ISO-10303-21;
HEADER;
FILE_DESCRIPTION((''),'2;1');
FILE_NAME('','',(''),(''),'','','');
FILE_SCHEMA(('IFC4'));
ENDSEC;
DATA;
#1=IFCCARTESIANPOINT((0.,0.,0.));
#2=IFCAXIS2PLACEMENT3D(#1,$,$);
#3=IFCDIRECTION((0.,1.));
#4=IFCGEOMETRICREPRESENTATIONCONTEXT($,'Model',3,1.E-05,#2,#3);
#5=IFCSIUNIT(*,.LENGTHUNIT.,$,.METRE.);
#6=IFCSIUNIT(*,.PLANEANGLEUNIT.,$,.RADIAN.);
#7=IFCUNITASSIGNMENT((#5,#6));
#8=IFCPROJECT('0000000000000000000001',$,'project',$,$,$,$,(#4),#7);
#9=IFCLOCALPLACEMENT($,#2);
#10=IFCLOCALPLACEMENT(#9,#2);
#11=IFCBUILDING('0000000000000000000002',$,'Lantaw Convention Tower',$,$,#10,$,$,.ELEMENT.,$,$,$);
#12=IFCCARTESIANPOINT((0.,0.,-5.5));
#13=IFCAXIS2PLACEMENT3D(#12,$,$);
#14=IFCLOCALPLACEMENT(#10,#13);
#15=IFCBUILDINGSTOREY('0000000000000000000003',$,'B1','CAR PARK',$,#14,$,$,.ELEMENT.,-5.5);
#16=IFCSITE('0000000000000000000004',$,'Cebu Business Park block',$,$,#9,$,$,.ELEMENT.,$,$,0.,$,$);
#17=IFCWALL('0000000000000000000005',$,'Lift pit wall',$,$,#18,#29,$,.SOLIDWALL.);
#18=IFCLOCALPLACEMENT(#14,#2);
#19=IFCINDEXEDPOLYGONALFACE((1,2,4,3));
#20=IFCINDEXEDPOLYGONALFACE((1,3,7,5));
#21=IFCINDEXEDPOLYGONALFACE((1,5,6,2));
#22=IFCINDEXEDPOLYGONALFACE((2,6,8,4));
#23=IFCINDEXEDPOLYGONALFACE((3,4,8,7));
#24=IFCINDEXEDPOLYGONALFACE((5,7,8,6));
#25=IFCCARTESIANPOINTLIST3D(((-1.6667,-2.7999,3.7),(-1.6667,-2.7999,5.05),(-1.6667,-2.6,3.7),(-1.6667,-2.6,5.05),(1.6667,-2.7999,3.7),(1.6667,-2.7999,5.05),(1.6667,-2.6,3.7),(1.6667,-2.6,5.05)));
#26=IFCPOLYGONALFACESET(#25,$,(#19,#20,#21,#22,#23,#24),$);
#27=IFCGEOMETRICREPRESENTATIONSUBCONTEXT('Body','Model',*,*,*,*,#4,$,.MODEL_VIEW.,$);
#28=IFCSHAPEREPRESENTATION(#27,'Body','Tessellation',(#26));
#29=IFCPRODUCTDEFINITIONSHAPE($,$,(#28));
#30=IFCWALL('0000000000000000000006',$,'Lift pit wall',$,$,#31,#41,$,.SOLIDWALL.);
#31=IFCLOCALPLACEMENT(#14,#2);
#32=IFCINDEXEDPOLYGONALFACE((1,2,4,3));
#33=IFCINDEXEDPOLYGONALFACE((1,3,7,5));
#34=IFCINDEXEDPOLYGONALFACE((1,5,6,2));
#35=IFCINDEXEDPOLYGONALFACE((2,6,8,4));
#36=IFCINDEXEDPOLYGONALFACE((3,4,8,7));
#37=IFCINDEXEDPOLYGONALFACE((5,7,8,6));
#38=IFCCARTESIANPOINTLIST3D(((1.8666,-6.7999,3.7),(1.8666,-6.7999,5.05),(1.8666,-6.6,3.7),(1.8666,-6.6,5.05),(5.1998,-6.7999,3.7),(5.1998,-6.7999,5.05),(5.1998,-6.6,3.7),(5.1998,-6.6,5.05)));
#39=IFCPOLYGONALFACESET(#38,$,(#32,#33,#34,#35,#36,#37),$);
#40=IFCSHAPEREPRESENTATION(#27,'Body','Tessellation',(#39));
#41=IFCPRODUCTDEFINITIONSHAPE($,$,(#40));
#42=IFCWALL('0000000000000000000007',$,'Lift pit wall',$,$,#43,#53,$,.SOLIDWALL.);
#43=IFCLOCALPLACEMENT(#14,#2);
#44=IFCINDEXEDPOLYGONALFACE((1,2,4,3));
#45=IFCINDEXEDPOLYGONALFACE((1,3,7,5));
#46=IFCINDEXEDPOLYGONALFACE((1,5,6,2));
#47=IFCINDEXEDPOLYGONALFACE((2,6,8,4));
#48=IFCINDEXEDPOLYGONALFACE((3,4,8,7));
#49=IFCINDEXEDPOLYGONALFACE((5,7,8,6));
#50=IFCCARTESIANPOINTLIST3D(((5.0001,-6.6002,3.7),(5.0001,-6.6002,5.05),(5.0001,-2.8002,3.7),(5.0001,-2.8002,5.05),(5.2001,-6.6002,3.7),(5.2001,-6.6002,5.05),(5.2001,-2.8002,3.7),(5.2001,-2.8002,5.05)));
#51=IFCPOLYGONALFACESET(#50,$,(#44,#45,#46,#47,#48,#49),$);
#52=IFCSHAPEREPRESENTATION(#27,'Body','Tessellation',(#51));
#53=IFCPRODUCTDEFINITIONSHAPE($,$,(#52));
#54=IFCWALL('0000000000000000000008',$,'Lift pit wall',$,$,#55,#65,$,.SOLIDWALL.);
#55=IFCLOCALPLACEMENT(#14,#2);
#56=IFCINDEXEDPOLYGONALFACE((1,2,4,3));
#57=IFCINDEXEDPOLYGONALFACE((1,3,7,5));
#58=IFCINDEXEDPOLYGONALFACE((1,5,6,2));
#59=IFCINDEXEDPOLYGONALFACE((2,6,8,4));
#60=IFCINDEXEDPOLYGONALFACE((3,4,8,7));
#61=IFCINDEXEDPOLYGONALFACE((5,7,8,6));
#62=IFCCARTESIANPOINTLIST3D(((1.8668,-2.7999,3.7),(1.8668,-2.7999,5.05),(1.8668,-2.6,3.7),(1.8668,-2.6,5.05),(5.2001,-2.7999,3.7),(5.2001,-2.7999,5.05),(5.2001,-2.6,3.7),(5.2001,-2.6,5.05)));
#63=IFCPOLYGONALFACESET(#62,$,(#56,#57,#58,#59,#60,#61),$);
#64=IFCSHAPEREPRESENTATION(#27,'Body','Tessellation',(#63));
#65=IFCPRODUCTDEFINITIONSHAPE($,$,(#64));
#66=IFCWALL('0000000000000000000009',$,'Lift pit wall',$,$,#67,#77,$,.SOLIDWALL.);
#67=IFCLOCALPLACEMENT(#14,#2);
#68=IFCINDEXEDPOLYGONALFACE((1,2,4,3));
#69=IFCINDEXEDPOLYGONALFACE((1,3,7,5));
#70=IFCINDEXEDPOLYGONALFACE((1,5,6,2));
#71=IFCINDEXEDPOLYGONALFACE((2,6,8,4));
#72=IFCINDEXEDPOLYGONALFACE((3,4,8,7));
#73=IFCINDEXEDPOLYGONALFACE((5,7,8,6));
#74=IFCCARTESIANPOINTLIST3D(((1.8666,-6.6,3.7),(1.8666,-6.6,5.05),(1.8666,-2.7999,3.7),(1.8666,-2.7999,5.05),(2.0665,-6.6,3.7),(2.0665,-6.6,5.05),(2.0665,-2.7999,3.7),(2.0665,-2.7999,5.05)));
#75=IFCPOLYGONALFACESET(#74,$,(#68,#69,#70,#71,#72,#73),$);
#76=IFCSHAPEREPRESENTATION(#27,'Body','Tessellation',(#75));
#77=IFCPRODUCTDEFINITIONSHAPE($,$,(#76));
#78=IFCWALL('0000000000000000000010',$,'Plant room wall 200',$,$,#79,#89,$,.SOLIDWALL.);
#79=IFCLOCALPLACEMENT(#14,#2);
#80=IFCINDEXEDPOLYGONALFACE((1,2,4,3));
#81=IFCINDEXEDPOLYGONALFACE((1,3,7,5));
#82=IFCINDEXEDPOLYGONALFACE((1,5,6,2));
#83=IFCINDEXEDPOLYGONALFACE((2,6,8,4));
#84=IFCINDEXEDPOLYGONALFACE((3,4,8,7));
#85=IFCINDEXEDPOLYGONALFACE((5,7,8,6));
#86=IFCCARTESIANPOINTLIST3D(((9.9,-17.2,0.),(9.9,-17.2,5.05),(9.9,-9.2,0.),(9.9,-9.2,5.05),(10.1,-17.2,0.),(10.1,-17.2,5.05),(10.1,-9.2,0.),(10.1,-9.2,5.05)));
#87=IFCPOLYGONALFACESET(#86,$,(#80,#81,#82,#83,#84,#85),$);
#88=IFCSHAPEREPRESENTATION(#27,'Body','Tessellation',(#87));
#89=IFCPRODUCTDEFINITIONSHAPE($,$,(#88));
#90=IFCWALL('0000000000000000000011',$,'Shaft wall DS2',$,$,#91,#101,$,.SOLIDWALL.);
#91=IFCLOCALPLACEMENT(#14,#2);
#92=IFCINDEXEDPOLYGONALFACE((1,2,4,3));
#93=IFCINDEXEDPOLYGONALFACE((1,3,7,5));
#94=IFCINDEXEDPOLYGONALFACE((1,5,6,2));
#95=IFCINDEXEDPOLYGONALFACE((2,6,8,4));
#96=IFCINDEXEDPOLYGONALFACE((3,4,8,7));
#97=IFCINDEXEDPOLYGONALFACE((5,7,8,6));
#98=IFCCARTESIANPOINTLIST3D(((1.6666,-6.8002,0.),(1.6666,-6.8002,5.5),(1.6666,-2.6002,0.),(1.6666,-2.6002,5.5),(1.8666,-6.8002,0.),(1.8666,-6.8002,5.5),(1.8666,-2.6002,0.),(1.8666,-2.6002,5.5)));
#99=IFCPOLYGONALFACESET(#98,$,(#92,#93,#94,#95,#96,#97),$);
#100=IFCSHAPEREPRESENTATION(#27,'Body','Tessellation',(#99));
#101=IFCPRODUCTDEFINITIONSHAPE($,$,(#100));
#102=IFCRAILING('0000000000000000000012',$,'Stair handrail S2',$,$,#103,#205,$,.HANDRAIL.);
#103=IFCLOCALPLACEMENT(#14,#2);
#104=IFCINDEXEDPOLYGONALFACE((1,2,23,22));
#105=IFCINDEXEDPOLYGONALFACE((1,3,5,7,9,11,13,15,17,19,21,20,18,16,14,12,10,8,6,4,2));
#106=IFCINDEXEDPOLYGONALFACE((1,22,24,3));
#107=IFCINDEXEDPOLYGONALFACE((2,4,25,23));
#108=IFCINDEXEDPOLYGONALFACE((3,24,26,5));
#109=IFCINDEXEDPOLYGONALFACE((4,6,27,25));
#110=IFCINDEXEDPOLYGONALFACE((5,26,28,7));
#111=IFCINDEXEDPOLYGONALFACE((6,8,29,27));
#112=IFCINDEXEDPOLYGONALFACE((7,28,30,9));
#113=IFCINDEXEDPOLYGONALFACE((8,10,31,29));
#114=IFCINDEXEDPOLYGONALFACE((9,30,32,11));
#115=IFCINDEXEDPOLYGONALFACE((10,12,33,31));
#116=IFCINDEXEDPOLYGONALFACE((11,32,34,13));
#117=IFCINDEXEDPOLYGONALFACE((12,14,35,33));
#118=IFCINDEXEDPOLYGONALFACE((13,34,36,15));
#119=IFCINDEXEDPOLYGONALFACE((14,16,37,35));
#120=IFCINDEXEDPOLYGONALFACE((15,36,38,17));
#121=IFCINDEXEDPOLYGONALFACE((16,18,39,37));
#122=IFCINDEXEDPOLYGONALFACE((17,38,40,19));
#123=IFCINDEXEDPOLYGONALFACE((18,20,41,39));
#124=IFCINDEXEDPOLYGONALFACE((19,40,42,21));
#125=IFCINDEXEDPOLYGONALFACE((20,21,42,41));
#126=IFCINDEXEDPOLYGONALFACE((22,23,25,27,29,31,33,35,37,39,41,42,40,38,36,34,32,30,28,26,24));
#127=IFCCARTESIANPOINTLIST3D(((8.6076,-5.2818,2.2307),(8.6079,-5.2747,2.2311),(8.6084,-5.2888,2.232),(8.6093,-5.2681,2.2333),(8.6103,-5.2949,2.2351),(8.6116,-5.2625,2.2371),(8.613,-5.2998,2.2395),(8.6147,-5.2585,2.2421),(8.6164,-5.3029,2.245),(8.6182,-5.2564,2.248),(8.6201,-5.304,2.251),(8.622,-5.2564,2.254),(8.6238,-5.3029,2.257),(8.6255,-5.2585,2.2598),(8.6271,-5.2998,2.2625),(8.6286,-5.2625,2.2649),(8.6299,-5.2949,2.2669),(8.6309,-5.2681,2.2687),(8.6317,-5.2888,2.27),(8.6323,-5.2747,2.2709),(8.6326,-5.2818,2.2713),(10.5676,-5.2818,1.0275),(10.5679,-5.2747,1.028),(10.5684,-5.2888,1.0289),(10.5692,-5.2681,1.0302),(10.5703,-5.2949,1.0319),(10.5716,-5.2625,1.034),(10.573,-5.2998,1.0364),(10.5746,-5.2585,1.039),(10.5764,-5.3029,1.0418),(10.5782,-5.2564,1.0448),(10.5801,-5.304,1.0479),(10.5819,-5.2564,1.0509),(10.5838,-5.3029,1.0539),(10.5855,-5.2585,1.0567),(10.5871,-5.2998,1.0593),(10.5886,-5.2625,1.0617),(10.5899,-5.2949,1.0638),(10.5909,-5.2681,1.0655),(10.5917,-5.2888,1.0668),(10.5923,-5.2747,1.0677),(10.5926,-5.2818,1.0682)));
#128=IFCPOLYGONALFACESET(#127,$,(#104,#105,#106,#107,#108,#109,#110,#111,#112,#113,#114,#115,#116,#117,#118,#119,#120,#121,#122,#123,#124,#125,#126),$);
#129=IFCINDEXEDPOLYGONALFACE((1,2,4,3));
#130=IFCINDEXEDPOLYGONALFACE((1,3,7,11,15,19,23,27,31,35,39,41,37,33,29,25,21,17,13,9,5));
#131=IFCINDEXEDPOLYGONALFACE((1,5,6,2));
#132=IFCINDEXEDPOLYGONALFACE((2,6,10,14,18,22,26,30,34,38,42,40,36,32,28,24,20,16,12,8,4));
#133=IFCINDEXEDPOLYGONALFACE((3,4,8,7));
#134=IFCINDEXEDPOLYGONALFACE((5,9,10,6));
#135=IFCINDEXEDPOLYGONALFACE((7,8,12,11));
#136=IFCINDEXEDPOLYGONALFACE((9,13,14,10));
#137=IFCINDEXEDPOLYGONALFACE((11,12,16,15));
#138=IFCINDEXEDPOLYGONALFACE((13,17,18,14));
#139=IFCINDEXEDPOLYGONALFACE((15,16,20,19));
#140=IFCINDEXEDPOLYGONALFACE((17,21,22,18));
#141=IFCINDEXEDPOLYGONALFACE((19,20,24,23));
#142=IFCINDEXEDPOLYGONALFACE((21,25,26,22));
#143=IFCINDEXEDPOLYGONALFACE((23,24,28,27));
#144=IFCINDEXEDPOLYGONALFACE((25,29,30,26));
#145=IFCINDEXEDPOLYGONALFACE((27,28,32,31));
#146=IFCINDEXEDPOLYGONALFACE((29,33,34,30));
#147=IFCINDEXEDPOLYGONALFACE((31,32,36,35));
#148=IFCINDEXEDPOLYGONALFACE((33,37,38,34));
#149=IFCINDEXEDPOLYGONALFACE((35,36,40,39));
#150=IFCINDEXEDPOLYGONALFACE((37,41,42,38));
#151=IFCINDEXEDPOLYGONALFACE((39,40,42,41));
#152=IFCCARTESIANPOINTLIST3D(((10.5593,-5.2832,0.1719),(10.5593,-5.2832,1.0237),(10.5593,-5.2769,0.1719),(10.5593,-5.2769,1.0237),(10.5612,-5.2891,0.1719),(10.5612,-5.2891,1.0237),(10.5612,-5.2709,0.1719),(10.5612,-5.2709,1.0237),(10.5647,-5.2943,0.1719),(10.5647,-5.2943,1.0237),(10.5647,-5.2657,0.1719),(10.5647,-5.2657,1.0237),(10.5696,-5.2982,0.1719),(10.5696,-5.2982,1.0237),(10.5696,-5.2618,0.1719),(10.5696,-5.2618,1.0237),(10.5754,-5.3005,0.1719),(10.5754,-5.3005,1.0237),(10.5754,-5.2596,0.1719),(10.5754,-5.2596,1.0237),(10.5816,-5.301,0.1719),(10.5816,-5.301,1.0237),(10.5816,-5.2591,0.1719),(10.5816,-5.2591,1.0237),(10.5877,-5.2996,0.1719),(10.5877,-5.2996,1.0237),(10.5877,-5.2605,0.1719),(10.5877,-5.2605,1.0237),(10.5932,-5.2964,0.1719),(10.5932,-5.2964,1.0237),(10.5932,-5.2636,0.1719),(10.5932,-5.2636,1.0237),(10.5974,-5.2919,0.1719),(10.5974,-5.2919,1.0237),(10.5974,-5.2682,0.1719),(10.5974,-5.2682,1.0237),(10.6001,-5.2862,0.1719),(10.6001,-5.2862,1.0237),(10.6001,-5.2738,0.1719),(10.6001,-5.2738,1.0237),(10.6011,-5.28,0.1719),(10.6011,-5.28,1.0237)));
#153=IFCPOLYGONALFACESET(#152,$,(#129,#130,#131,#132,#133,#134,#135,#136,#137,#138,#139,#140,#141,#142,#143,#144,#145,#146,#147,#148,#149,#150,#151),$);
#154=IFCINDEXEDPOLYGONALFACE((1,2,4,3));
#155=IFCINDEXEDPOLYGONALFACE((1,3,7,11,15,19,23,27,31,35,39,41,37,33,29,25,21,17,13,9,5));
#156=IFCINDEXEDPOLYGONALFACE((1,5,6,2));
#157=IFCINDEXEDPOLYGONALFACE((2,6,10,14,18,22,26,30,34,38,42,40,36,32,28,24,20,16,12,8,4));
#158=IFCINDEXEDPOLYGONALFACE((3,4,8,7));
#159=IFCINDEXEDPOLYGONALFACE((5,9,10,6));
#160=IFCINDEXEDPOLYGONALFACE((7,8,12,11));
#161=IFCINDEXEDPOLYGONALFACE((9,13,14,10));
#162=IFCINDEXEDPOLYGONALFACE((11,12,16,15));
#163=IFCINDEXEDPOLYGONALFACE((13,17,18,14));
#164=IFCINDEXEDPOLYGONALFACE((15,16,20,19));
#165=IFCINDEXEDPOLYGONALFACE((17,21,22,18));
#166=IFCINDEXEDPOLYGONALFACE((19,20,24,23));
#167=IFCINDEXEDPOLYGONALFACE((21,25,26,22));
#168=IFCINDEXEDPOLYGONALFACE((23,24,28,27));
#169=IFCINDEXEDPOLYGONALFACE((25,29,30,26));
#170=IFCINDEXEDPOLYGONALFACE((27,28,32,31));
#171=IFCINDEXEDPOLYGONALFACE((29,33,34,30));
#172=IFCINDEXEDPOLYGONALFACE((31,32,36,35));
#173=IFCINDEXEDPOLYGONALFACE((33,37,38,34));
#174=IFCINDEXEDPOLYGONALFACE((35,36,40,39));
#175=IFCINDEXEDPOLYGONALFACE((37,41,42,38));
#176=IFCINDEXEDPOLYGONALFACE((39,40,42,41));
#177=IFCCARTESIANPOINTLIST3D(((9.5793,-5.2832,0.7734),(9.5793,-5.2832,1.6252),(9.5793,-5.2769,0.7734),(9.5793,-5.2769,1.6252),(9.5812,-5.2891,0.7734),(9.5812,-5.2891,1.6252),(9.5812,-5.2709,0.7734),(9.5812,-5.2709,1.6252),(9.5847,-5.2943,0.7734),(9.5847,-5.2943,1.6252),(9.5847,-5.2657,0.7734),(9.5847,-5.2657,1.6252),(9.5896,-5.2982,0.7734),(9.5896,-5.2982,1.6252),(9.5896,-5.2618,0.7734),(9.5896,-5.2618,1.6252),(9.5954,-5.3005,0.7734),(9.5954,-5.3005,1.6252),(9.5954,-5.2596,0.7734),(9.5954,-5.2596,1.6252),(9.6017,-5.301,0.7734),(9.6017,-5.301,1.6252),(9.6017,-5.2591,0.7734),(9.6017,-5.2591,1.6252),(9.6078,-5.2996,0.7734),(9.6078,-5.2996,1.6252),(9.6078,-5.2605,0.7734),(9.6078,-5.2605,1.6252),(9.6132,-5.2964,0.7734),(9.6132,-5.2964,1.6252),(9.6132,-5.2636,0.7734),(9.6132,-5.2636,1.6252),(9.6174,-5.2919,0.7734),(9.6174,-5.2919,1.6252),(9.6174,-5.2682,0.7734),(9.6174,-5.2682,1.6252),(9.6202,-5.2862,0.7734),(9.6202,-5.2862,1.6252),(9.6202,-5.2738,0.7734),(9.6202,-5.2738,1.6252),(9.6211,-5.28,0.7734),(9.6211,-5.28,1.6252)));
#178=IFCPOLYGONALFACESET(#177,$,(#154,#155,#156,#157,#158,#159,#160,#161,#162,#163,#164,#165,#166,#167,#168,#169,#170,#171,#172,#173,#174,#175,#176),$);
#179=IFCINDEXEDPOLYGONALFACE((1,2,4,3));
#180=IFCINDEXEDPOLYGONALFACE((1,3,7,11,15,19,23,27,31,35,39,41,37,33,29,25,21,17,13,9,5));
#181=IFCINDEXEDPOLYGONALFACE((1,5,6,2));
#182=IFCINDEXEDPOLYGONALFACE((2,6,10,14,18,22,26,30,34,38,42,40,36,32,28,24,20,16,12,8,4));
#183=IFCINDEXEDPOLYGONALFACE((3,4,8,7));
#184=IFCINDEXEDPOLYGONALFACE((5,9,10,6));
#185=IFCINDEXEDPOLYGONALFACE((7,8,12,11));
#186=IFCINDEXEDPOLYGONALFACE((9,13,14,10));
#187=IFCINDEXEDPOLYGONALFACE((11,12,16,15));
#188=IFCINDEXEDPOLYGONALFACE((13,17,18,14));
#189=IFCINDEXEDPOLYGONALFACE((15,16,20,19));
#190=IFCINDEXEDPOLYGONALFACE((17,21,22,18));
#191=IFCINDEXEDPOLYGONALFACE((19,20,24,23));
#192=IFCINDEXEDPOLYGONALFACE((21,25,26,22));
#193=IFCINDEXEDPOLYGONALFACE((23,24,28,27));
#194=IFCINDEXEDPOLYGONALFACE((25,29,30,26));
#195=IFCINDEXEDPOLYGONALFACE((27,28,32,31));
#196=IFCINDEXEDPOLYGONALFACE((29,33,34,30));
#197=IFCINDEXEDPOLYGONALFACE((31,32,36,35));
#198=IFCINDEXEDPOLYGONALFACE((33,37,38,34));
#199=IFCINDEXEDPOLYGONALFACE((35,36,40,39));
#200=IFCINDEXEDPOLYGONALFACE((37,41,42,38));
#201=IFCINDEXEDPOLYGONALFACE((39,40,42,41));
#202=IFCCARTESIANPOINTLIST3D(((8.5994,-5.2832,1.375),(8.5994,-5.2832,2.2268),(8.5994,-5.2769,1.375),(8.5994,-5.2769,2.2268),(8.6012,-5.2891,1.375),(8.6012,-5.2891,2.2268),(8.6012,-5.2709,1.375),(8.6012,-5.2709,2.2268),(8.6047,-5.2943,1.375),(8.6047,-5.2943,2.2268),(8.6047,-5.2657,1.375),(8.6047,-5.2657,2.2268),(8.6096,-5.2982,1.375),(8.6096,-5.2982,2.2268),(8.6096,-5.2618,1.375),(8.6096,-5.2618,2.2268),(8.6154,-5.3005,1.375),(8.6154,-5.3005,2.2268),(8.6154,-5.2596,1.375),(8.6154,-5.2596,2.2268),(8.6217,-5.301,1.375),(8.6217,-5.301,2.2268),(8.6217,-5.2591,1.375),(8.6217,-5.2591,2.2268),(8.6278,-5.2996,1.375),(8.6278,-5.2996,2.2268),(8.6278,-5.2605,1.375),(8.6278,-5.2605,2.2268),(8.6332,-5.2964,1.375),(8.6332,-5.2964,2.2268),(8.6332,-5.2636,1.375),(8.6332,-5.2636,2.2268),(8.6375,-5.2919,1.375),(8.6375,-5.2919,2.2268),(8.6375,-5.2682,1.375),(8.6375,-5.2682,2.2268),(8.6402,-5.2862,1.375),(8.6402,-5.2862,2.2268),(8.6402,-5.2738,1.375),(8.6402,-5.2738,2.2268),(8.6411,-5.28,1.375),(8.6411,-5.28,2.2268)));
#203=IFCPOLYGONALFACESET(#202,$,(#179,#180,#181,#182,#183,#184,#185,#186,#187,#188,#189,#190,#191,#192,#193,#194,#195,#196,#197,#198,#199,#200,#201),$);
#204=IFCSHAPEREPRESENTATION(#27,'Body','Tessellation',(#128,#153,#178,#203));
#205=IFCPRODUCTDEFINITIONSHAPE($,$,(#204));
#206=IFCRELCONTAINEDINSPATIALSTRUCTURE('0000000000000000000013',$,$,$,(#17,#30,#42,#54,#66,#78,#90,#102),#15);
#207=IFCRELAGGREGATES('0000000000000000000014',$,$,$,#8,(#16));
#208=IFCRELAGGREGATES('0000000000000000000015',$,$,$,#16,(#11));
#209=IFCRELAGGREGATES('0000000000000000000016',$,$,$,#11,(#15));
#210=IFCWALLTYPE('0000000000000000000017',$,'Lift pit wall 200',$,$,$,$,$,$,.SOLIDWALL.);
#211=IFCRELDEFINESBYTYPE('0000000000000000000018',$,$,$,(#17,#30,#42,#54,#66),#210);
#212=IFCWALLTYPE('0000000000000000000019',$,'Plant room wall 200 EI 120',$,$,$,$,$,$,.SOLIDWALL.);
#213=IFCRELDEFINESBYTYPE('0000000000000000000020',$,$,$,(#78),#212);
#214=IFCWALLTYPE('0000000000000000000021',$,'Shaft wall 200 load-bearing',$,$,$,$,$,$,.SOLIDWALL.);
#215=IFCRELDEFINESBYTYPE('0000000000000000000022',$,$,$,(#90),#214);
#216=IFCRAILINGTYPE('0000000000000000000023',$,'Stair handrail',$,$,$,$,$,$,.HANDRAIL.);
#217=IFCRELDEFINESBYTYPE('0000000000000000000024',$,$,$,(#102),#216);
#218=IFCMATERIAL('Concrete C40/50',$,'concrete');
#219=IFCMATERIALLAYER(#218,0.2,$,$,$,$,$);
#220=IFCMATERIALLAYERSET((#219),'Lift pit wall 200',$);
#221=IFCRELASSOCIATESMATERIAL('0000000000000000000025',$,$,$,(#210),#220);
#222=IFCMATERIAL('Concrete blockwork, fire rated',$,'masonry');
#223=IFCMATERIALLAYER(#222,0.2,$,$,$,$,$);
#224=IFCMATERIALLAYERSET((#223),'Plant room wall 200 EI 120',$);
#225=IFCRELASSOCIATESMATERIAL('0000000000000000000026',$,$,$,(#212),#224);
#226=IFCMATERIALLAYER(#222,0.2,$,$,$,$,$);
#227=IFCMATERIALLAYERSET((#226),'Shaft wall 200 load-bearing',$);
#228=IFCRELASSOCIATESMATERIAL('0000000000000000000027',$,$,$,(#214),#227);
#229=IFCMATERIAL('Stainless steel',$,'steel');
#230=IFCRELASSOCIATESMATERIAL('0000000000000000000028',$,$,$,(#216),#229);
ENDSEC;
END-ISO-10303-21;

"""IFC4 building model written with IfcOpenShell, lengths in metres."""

from ifc_helpers import new_model, si_unit, direction, frame, frame_2d, origin, origin_2d, place, context, subcontext, project, spatial, rectangle, circle, extrude, material, layer, layer_set, type_object, element, save


model = new_model("IFC4")

# Units and contexts
model_context = context("Model", 3, precision=1e-05, world=origin(), true_north=direction((0.0, 1.0)))
body_context = subcontext(model_context, "Body", "Model", "MODEL_VIEW")
ifc_project = project(units=[si_unit("LENGTHUNIT", "METRE"), si_unit("PLANEANGLEUNIT", "RADIAN")], contexts=[model_context])

# Site, building, storey
site_placement = place(None, origin())
site = spatial("IfcSite", under=ifc_project, at=site_placement, Name="Cebu Business Park block", CompositionType="ELEMENT", RefElevation=0.0)
building_placement = place(site_placement, origin())
building = spatial("IfcBuilding", under=site, at=building_placement, Name="Lantaw Convention Tower", CompositionType="ELEMENT")
storey_placement = place(building_placement, frame((0.0, 0.0, -5.5)))
storey = spatial("IfcBuildingStorey", under=building, at=storey_placement, Name="B1", Description="CAR PARK", CompositionType="ELEMENT", Elevation=-5.5)

# Walls
ifc_material_1 = material(Name="Concrete C40/50", Category="concrete")
ifc_layer_1 = layer(ifc_material_1, 0.2)
ifc_layer_set_1 = layer_set([ifc_layer_1], Name="Lift pit wall 200")
wall_type_1 = type_object("IfcWallType", Name="Lift pit wall 200", PredefinedType="SOLIDWALL", material=ifc_layer_set_1)
wall_1_placement = place(storey_placement, frame((1.6667, -2.7, 3.7), z_axis=(0.0, 0.0, 1.0), x_axis=(-1.0, 0.0, 0.0)))
element("IfcWall", 1, at=wall_1_placement, inside=storey, type_object=wall_type_1, Name="Lift pit wall", PredefinedType="SOLIDWALL", context=body_context, shape_type="SweptSolid", body=[
    extrude(rectangle(XDim=3.3335, YDim=0.2, at=frame_2d((1.6667, 0.0))), origin(), (0.0, 0.0, 1.0), 1.3501),
])
wall_2_placement = place(storey_placement, frame((1.8667, -6.7, 3.7), z_axis=(0.0, 0.0, 1.0), x_axis=(1.0, 0.0, 0.0)))
element("IfcWall", 2, at=wall_2_placement, inside=storey, type_object=wall_type_1, Name="Lift pit wall", PredefinedType="SOLIDWALL", context=body_context, shape_type="SweptSolid", body=[
    extrude(rectangle(XDim=3.3333, YDim=0.2, at=frame_2d((1.6665, 0.0))), origin(), (0.0, 0.0, 1.0), 1.3501),
])
wall_3_placement = place(storey_placement, frame((5.1001, -6.6001, 3.7), z_axis=(0.0, 0.0, 1.0), x_axis=(0.0, 1.0, 0.0)))
element("IfcWall", 3, at=wall_3_placement, inside=storey, type_object=wall_type_1, Name="Lift pit wall", PredefinedType="SOLIDWALL", context=body_context, shape_type="SweptSolid", body=[
    extrude(rectangle(XDim=3.8, YDim=0.2, at=frame_2d((1.8999, 0.0))), origin(), (0.0, 0.0, 1.0), 1.3501),
])
wall_4_placement = place(storey_placement, frame((5.2, -2.7, 3.7), z_axis=(0.0, 0.0, 1.0), x_axis=(-1.0, 0.0, 0.0)))
element("IfcWall", 4, at=wall_4_placement, inside=storey, type_object=wall_type_1, Name="Lift pit wall", PredefinedType="SOLIDWALL", context=body_context, shape_type="SweptSolid", body=[
    extrude(rectangle(XDim=3.3333, YDim=0.2, at=frame_2d((1.6665, 0.0))), origin(), (0.0, 0.0, 1.0), 1.3501),
])
wall_5_placement = place(storey_placement, frame((1.9666, -2.8, 3.7), z_axis=(0.0, 0.0, 1.0), x_axis=(0.0, -1.0, 0.0)))
element("IfcWall", 5, at=wall_5_placement, inside=storey, type_object=wall_type_1, Name="Lift pit wall", PredefinedType="SOLIDWALL", context=body_context, shape_type="SweptSolid", body=[
    extrude(rectangle(XDim=3.8, YDim=0.2, at=frame_2d((1.8999, 0.0))), origin(), (0.0, 0.0, 1.0), 1.3501),
])
ifc_material_2 = material(Name="Concrete blockwork, fire rated", Category="masonry")
ifc_layer_2 = layer(ifc_material_2, 0.2)
ifc_layer_set_2 = layer_set([ifc_layer_2], Name="Plant room wall 200 EI 120")
wall_type_2 = type_object("IfcWallType", Name="Plant room wall 200 EI 120", PredefinedType="SOLIDWALL", material=ifc_layer_set_2)
wall_6_placement = place(storey_placement, frame((10.0, -9.2, 0.0), z_axis=(0.0, 0.0, 1.0), x_axis=(0.0, -1.0, 0.0)))
element("IfcWall", 6, at=wall_6_placement, inside=storey, type_object=wall_type_2, Name="Plant room wall 200", PredefinedType="SOLIDWALL", context=body_context, shape_type="SweptSolid", body=[
    extrude(rectangle(XDim=8.0, YDim=0.2, at=frame_2d((4.0, 0.0))), origin(), (0.0, 0.0, 1.0), 5.05),
])
ifc_layer_3 = layer(ifc_material_2, 0.2)
ifc_layer_set_3 = layer_set([ifc_layer_3], Name="Shaft wall 200 load-bearing")
wall_type_3 = type_object("IfcWallType", Name="Shaft wall 200 load-bearing", PredefinedType="SOLIDWALL", material=ifc_layer_set_3)
wall_7_placement = place(storey_placement, frame((1.7666, -2.6001, 0.0), z_axis=(0.0, 0.0, 1.0), x_axis=(0.0, -1.0, 0.0)))
element("IfcWall", 7, at=wall_7_placement, inside=storey, type_object=wall_type_3, Name="Shaft wall DS2", PredefinedType="SOLIDWALL", context=body_context, shape_type="SweptSolid", body=[
    extrude(rectangle(XDim=4.2, YDim=0.2, at=frame_2d((2.1001, 0.0))), origin(), (0.0, 0.0, 1.0), 5.5),
])

# Railing
ifc_material_3 = material(Name="Stainless steel", Category="steel")
railing_type = type_object("IfcRailingType", Name="Stair handrail", PredefinedType="HANDRAIL", material=ifc_material_3)
railing_1_placement = place(storey_placement, frame((10.5801, -5.28, 0.1719)))
element("IfcRailing", 8, at=railing_1_placement, inside=storey, type_object=railing_type, Name="Stair handrail S2", PredefinedType="HANDRAIL", context=body_context, shape_type="SweptSolid", body=[
    extrude(circle(Radius=0.0239, at=origin_2d()), frame((0.0, 0.0, 0.876), z_axis=(-0.852241, 0.0, 0.523149), x_axis=(0.0, -1.0, 0.0)), (0.0, 0.0, 1.0), 2.2998),
    extrude(circle(Radius=0.021, at=origin_2d()), origin(), (0.0, 0.0, 1.0), 0.8518),
    extrude(circle(Radius=0.021, at=origin_2d()), frame((-0.98, 0.0, 0.6016)), (0.0, 0.0, 1.0), 0.8518),
    extrude(circle(Radius=0.021, at=origin_2d()), frame((-1.96, 0.0, 1.2031)), (0.0, 0.0, 1.0), 0.8518),
])

save(model, "model.ifc")
